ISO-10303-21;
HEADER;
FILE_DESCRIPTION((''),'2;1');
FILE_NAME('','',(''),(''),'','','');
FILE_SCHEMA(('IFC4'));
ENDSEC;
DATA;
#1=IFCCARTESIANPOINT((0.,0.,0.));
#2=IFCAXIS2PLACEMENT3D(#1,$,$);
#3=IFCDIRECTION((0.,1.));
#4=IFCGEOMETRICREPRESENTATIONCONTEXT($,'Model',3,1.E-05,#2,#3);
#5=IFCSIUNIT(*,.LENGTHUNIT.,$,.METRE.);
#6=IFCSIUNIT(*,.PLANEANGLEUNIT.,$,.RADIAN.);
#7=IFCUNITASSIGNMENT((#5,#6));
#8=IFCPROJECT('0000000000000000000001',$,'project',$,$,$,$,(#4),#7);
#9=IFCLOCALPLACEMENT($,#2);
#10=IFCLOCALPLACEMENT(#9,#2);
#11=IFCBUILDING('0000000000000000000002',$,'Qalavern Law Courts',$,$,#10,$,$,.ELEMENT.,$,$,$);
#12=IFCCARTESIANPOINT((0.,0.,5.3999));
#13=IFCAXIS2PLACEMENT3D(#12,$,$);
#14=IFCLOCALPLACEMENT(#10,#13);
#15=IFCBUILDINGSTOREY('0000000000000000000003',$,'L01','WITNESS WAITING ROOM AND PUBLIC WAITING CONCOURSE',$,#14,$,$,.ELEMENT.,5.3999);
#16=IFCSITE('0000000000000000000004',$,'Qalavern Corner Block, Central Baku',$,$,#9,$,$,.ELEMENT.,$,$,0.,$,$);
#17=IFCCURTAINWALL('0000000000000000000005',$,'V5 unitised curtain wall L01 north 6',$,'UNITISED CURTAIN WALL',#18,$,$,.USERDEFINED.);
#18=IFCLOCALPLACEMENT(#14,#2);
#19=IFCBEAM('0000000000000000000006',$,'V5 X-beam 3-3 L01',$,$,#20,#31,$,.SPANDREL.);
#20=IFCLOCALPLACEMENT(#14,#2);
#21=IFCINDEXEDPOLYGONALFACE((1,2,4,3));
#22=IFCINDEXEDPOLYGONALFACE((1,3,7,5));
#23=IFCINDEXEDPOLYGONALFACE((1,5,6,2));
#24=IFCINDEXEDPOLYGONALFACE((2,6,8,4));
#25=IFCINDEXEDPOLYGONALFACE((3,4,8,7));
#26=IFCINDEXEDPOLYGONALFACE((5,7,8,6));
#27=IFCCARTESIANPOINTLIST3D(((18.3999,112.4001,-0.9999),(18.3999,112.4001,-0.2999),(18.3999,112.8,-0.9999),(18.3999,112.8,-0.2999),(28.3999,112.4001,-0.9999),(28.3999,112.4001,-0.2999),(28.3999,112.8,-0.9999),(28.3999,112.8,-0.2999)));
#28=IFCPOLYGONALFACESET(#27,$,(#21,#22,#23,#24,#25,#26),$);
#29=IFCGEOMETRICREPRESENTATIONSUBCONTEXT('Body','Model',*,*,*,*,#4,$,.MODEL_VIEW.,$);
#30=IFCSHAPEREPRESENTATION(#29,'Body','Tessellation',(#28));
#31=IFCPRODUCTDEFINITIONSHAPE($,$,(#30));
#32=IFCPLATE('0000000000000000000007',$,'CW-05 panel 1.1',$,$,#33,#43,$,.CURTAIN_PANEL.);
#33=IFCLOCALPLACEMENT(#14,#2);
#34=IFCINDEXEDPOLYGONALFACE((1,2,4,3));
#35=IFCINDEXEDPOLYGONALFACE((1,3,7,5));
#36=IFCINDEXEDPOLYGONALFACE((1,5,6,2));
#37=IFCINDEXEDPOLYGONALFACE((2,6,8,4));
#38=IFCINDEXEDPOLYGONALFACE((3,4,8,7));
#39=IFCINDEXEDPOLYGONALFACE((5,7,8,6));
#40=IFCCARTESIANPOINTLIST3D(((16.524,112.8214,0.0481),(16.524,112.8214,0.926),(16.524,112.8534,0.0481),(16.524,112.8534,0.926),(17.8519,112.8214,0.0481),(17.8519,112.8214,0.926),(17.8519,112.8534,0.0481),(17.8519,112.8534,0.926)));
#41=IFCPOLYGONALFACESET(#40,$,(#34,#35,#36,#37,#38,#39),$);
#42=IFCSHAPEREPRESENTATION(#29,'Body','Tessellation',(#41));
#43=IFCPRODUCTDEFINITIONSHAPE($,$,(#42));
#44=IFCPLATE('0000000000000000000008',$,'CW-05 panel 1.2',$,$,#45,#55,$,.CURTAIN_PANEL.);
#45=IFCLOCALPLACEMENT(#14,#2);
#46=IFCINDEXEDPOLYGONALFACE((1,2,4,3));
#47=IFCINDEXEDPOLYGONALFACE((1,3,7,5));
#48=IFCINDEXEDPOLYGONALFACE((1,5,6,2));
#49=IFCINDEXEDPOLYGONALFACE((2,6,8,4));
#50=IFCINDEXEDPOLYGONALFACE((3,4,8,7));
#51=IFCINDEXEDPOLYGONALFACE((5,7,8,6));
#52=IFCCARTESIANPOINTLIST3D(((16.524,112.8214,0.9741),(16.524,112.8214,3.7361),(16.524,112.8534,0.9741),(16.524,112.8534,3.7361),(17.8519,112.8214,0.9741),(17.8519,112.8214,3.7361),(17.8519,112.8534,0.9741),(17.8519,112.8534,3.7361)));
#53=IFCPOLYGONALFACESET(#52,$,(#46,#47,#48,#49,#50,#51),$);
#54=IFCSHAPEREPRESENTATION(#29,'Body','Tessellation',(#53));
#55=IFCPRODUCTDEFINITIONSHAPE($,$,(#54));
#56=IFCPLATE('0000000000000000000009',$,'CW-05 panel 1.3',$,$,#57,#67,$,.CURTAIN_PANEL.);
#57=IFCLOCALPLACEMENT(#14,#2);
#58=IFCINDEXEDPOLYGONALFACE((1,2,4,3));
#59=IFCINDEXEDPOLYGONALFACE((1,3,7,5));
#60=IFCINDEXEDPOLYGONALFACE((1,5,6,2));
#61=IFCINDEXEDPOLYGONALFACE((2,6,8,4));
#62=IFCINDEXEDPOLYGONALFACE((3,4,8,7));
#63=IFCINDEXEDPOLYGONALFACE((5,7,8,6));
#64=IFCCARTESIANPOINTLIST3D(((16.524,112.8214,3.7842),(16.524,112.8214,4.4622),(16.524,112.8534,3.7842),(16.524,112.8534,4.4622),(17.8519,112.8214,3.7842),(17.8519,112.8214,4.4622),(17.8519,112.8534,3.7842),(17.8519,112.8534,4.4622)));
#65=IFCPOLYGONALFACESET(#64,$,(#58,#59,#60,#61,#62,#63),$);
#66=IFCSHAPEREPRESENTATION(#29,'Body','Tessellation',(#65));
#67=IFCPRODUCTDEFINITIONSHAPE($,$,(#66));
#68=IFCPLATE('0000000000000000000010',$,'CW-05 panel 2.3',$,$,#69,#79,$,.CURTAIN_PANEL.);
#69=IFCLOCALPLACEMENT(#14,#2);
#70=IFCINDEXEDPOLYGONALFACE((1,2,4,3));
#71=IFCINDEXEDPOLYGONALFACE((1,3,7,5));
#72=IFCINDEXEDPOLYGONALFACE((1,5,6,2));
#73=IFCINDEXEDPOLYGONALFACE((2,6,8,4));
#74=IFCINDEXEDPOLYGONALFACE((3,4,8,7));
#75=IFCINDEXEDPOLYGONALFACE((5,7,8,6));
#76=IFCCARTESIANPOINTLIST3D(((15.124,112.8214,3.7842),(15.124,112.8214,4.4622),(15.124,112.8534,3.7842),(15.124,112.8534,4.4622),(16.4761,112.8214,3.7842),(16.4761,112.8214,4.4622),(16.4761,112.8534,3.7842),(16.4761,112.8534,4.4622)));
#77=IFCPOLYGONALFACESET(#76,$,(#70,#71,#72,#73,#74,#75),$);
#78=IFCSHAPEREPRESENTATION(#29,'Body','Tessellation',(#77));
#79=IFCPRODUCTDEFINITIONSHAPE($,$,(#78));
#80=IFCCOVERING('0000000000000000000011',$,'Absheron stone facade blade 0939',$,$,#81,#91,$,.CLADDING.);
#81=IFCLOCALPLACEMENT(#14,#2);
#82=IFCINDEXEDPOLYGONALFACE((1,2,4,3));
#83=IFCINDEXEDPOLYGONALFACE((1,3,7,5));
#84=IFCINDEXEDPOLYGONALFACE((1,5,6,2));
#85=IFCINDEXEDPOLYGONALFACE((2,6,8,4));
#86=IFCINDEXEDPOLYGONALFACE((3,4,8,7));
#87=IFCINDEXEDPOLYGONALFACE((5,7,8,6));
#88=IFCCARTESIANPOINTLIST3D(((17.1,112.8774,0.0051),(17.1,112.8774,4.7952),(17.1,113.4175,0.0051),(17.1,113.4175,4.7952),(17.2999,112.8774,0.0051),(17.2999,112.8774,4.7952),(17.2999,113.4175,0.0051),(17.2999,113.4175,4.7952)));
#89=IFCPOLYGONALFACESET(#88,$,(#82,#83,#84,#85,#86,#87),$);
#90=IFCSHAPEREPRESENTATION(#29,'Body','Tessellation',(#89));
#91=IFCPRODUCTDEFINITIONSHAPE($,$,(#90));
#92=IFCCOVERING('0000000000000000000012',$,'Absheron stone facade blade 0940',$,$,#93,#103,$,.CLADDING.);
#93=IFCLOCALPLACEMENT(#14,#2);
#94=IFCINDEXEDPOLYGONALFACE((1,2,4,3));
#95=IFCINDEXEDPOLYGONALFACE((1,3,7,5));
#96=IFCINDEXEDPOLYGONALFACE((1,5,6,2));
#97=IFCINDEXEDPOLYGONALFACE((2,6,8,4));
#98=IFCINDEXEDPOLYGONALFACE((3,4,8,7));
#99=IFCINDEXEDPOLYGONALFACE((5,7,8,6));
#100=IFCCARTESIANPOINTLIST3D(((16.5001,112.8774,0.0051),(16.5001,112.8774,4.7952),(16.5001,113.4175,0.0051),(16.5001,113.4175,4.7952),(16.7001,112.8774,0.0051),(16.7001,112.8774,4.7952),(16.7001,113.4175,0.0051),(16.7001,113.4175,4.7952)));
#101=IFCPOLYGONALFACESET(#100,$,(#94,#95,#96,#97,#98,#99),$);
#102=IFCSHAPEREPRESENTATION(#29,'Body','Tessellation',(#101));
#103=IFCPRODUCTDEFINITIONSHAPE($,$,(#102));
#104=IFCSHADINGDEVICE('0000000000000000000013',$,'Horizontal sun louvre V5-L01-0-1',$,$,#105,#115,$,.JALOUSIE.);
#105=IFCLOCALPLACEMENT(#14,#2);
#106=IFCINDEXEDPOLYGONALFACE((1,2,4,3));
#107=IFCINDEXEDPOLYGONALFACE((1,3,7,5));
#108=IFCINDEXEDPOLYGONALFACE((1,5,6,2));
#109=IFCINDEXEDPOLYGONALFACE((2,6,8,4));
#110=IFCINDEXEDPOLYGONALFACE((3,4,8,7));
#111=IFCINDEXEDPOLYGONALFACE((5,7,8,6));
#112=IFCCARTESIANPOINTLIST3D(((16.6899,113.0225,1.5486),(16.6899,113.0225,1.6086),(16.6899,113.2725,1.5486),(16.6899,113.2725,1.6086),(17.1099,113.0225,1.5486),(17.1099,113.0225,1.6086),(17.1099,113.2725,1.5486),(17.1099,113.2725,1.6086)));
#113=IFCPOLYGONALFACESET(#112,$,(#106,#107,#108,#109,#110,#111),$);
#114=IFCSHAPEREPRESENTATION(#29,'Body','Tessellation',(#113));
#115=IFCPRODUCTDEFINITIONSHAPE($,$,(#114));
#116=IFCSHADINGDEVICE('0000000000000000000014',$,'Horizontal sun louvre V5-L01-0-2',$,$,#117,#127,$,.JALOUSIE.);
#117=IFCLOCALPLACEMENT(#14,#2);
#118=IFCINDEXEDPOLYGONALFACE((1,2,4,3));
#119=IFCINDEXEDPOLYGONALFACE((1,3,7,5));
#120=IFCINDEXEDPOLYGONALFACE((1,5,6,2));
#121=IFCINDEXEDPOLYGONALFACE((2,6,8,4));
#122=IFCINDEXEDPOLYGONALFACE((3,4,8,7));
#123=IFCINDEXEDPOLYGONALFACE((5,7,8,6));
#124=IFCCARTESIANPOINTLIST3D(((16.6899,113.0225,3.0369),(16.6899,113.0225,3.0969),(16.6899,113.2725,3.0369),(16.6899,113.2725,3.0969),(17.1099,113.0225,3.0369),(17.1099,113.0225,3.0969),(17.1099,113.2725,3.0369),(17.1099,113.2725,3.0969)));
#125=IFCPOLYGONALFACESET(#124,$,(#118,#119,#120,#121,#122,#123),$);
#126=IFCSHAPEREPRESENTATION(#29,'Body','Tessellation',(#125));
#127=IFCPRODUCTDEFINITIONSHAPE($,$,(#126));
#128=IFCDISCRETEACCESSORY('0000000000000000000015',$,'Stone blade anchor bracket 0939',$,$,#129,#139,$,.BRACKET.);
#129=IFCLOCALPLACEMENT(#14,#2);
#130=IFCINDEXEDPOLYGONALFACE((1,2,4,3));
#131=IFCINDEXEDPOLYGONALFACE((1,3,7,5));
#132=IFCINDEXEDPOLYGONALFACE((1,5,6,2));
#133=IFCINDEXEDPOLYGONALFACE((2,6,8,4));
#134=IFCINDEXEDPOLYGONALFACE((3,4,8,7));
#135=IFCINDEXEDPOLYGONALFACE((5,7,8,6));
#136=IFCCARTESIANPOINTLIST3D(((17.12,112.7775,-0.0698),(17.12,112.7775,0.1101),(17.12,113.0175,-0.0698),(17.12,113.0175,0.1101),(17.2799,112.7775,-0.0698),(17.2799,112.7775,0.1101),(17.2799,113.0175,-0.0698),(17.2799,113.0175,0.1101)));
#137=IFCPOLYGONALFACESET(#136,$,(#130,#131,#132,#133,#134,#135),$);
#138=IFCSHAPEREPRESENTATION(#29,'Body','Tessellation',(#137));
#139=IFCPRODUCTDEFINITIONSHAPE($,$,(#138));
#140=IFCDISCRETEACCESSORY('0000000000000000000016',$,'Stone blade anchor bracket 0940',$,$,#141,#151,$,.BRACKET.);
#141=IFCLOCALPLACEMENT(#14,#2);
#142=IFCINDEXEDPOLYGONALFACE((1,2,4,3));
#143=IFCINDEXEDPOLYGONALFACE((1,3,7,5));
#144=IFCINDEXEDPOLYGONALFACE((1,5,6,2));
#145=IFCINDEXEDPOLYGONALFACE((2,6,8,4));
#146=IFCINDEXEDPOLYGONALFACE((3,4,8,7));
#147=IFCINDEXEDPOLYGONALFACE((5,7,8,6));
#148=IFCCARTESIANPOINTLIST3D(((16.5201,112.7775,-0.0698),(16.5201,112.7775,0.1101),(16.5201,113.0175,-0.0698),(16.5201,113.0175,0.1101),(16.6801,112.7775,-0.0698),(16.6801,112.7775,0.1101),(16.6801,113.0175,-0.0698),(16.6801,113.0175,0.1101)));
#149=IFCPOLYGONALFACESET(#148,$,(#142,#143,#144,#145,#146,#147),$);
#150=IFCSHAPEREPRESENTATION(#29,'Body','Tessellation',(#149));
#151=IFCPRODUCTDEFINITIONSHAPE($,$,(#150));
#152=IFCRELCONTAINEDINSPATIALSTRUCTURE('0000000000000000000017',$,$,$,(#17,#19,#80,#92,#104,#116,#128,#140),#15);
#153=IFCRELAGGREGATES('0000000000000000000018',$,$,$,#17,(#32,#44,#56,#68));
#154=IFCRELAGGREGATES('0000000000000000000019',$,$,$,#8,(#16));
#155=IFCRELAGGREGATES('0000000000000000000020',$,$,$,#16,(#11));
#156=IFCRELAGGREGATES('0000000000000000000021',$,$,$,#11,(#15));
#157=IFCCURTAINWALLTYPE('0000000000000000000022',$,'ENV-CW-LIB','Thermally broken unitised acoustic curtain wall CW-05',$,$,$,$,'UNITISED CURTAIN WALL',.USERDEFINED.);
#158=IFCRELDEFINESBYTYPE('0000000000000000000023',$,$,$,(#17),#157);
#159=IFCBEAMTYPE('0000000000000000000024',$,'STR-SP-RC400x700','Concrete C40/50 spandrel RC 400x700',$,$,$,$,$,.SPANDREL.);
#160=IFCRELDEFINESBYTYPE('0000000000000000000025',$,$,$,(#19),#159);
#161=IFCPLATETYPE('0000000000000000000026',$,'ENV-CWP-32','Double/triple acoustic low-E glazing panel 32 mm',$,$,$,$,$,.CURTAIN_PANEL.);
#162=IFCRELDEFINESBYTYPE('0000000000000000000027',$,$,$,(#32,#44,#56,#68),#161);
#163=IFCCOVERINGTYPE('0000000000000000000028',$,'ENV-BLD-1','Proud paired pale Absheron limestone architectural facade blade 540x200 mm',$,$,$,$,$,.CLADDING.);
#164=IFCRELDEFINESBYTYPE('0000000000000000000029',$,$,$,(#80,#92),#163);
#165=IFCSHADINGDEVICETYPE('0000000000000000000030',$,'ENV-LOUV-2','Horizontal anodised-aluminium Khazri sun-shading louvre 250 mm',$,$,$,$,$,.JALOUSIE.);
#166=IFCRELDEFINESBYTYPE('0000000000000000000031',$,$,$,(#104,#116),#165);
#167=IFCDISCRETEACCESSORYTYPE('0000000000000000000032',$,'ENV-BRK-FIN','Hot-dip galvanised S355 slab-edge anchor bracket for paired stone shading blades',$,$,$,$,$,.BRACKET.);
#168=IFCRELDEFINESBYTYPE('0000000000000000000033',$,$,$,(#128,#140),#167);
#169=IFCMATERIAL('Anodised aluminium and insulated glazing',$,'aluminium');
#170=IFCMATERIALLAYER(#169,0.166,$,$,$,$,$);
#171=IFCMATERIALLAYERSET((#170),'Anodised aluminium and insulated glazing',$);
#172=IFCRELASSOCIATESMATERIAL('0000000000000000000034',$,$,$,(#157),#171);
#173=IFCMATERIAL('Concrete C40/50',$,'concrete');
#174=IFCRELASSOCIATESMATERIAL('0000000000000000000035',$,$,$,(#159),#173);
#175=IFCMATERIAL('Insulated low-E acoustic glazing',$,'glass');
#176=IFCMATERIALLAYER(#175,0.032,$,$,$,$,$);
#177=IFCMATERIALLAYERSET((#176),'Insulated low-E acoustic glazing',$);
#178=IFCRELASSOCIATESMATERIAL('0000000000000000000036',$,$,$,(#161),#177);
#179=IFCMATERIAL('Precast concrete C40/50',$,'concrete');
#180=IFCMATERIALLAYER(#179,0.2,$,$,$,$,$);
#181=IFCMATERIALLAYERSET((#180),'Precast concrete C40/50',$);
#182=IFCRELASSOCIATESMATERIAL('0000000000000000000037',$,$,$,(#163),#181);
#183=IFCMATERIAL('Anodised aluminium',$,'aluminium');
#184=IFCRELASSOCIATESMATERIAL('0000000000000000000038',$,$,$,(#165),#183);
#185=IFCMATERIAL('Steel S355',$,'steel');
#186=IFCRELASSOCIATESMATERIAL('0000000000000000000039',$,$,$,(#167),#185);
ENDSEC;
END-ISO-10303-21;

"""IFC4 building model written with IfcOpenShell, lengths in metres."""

from ifc_helpers import new_model, si_unit, direction, frame, origin, origin_2d, place, context, subcontext, project, spatial, rectangle, extrude, material, layer, layer_set, material_profile, profile_set, type_object, element, aggregate, save


model = new_model("IFC4")

# Units and contexts
model_context = context("Model", 3, precision=1e-05, world=origin(), true_north=direction((0.0, 1.0)))
body_context = subcontext(model_context, "Body", "Model", "MODEL_VIEW")
ifc_project = project(units=[si_unit("LENGTHUNIT", "METRE"), si_unit("PLANEANGLEUNIT", "RADIAN")], contexts=[model_context])

# Site, building, storey
site_placement = place(None, origin())
site = spatial("IfcSite", under=ifc_project, at=site_placement, Name="Qalavern Corner Block, Central Baku", CompositionType="ELEMENT", RefElevation=0.0)
building_placement = place(site_placement, origin())
building = spatial("IfcBuilding", under=site, at=building_placement, Name="Qalavern Law Courts", CompositionType="ELEMENT")
storey_placement = place(building_placement, frame((0.0, 0.0, 5.3999)))
storey = spatial("IfcBuildingStorey", under=building, at=storey_placement, Name="L01", Description="WITNESS WAITING ROOM AND PUBLIC WAITING CONCOURSE", CompositionType="ELEMENT", Elevation=5.3999)

# Curtain wall
ifc_material_1 = material(Name="Anodised aluminium and insulated glazing", Category="aluminium")
ifc_layer_1 = layer(ifc_material_1, 0.166)
ifc_layer_set_1 = layer_set([ifc_layer_1], Name="Anodised aluminium and insulated glazing")
curtain_wall_type = type_object("IfcCurtainWallType", Name="ENV-CW-LIB", Description="Thermally broken unitised acoustic curtain wall CW-05", ElementType="UNITISED CURTAIN WALL", PredefinedType="USERDEFINED", material=ifc_layer_set_1)
curtain_wall_placement = place(storey_placement, origin())
curtain_wall = element("IfcCurtainWall", 1, at=curtain_wall_placement, inside=storey, type_object=curtain_wall_type, Name="V5 unitised curtain wall L01 north 6", ObjectType="UNITISED CURTAIN WALL", PredefinedType="USERDEFINED")
ifc_material_2 = material(Name="Anodised aluminium", Category="aluminium")

# Beam
ifc_material_3 = material(Name="Concrete C40/50", Category="concrete")
ifc_material_profile_1 = material_profile(ifc_material_3, rectangle(XDim=0.3999, YDim=0.7, at=origin_2d()), Name="RC 400x700")
ifc_profile_set_1 = profile_set([ifc_material_profile_1], Name="Concrete C40/50")
beam_type = type_object("IfcBeamType", Name="STR-SP-RC400x700", Description="Concrete C40/50 spandrel RC 400x700", PredefinedType="SPANDREL", material=ifc_profile_set_1)
beam_placement = place(storey_placement, frame((18.3999, 112.6001, -0.6499), z_axis=(1.0, 0.0, 0.0), x_axis=(0.0, 1.0, 0.0)))
element("IfcBeam", 2, at=beam_placement, inside=storey, type_object=beam_type, Name="V5 X-beam 3-3 L01", PredefinedType="SPANDREL", context=body_context, shape_type="SweptSolid", body=[
    extrude(rectangle(XDim=0.3999, YDim=0.7, at=origin_2d()), origin(), (0.0, 0.0, 1.0), 10.0),
])

# Plates
ifc_material_4 = material(Name="Insulated low-E acoustic glazing", Category="glass")
ifc_layer_2 = layer(ifc_material_4, 0.032)
ifc_layer_set_2 = layer_set([ifc_layer_2], Name="Insulated low-E acoustic glazing")
plate_type = type_object("IfcPlateType", Name="ENV-CWP-32", Description="Double/triple acoustic low-E glazing panel 32 mm", PredefinedType="CURTAIN_PANEL", material=ifc_layer_set_2)
plate_1_placement = place(storey_placement, frame((17.188, 112.8374, 0.0481), z_axis=(0.0, 0.0, 1.0), x_axis=(-1.0, 0.0, 0.0)))
plate_1 = element("IfcPlate", 3, at=plate_1_placement, type_object=plate_type, Name="CW-05 panel 1.1", PredefinedType="CURTAIN_PANEL", context=body_context, shape_type="SweptSolid", body=[
    extrude(rectangle(XDim=1.3279, YDim=0.032, at=origin_2d()), origin(), (0.0, 0.0, 1.0), 0.8779),
])
plate_2_placement = place(storey_placement, frame((17.188, 112.8374, 0.9741), z_axis=(0.0, 0.0, 1.0), x_axis=(-1.0, 0.0, 0.0)))
plate_2 = element("IfcPlate", 4, at=plate_2_placement, type_object=plate_type, Name="CW-05 panel 1.2", PredefinedType="CURTAIN_PANEL", context=body_context, shape_type="SweptSolid", body=[
    extrude(rectangle(XDim=1.3279, YDim=0.032, at=origin_2d()), origin(), (0.0, 0.0, 1.0), 2.762),
])
plate_3_placement = place(storey_placement, frame((17.188, 112.8374, 3.7842), z_axis=(0.0, 0.0, 1.0), x_axis=(-1.0, 0.0, 0.0)))
plate_3 = element("IfcPlate", 5, at=plate_3_placement, type_object=plate_type, Name="CW-05 panel 1.3", PredefinedType="CURTAIN_PANEL", context=body_context, shape_type="SweptSolid", body=[
    extrude(rectangle(XDim=1.3279, YDim=0.032, at=origin_2d()), origin(), (0.0, 0.0, 1.0), 0.678),
])
plate_4_placement = place(storey_placement, frame((15.8, 112.8374, 3.7842), z_axis=(0.0, 0.0, 1.0), x_axis=(-1.0, 0.0, 0.0)))
plate_4 = element("IfcPlate", 6, at=plate_4_placement, type_object=plate_type, Name="CW-05 panel 2.3", PredefinedType="CURTAIN_PANEL", context=body_context, shape_type="SweptSolid", body=[
    extrude(rectangle(XDim=1.3521, YDim=0.032, at=origin_2d()), origin(), (0.0, 0.0, 1.0), 0.678),
])
aggregate(curtain_wall, [plate_1, plate_2, plate_3, plate_4])

# Coverings
ifc_material_5 = material(Name="Precast concrete C40/50", Category="concrete")
ifc_layer_3 = layer(ifc_material_5, 0.2)
ifc_layer_set_3 = layer_set([ifc_layer_3], Name="Precast concrete C40/50")
covering_type = type_object("IfcCoveringType", Name="ENV-BLD-1", Description="Proud paired pale Absheron limestone architectural facade blade 540x200 mm", PredefinedType="CLADDING", material=ifc_layer_set_3)
for number, where, z_axis, x_axis, name in (
    (7, (17.2, 113.1475, 0.0051), (0.0, 0.0, 1.0), (0.0, 1.0, 0.0), "Absheron stone facade blade 0939"),
    (8, (16.6001, 113.1475, 0.0051), (0.0, 0.0, 1.0), (0.0, 1.0, 0.0), "Absheron stone facade blade 0940"),
):
    element("IfcCovering", number, at=place(storey_placement, frame(where, z_axis=z_axis, x_axis=x_axis)), inside=storey, type_object=covering_type, Name=name, PredefinedType="CLADDING", context=body_context, shape_type="SweptSolid", body=[
        extrude(rectangle(XDim=0.54, YDim=0.2, at=origin_2d()), origin(), (0.0, 0.0, 1.0), 4.79),
    ])

# Shading devices
shading_device_type = type_object("IfcShadingDeviceType", Name="ENV-LOUV-2", Description="Horizontal anodised-aluminium Khazri sun-shading louvre 250 mm", PredefinedType="JALOUSIE", material=ifc_material_2)
for number, where, z_axis, x_axis, name in (
    (9, (16.8999, 113.1475, 1.5486), (0.0, 0.0, 1.0), (-1.0, 0.0, 0.0), "Horizontal sun louvre V5-L01-0-1"),
    (10, (16.8999, 113.1475, 3.0369), (0.0, 0.0, 1.0), (-1.0, 0.0, 0.0), "Horizontal sun louvre V5-L01-0-2"),
):
    element("IfcShadingDevice", number, at=place(storey_placement, frame(where, z_axis=z_axis, x_axis=x_axis)), inside=storey, type_object=shading_device_type, Name=name, PredefinedType="JALOUSIE", context=body_context, shape_type="SweptSolid", body=[
        extrude(rectangle(XDim=0.4199, YDim=0.25, at=origin_2d()), origin(), (0.0, 0.0, 1.0), 0.0601),
    ])

# Discrete accessories
ifc_material_6 = material(Name="Steel S355", Category="steel")
discrete_accessory_type = type_object("IfcDiscreteAccessoryType", Name="ENV-BRK-FIN", Description="Hot-dip galvanised S355 slab-edge anchor bracket for paired stone shading blades", PredefinedType="BRACKET", material=ifc_material_6)
for number, where, z_axis, x_axis, name in (
    (11, (17.2, 112.8975, -0.0698), (0.0, 0.0, 1.0), (0.0, 1.0, 0.0), "Stone blade anchor bracket 0939"),
    (12, (16.6001, 112.8975, -0.0698), (0.0, 0.0, 1.0), (0.0, 1.0, 0.0), "Stone blade anchor bracket 0940"),
):
    element("IfcDiscreteAccessory", number, at=place(storey_placement, frame(where, z_axis=z_axis, x_axis=x_axis)), inside=storey, type_object=discrete_accessory_type, Name=name, PredefinedType="BRACKET", context=body_context, shape_type="SweptSolid", body=[
        extrude(rectangle(XDim=0.24, YDim=0.1599, at=origin_2d()), origin(), (0.0, 0.0, 1.0), 0.1799),
    ])

save(model, "model.ifc")
